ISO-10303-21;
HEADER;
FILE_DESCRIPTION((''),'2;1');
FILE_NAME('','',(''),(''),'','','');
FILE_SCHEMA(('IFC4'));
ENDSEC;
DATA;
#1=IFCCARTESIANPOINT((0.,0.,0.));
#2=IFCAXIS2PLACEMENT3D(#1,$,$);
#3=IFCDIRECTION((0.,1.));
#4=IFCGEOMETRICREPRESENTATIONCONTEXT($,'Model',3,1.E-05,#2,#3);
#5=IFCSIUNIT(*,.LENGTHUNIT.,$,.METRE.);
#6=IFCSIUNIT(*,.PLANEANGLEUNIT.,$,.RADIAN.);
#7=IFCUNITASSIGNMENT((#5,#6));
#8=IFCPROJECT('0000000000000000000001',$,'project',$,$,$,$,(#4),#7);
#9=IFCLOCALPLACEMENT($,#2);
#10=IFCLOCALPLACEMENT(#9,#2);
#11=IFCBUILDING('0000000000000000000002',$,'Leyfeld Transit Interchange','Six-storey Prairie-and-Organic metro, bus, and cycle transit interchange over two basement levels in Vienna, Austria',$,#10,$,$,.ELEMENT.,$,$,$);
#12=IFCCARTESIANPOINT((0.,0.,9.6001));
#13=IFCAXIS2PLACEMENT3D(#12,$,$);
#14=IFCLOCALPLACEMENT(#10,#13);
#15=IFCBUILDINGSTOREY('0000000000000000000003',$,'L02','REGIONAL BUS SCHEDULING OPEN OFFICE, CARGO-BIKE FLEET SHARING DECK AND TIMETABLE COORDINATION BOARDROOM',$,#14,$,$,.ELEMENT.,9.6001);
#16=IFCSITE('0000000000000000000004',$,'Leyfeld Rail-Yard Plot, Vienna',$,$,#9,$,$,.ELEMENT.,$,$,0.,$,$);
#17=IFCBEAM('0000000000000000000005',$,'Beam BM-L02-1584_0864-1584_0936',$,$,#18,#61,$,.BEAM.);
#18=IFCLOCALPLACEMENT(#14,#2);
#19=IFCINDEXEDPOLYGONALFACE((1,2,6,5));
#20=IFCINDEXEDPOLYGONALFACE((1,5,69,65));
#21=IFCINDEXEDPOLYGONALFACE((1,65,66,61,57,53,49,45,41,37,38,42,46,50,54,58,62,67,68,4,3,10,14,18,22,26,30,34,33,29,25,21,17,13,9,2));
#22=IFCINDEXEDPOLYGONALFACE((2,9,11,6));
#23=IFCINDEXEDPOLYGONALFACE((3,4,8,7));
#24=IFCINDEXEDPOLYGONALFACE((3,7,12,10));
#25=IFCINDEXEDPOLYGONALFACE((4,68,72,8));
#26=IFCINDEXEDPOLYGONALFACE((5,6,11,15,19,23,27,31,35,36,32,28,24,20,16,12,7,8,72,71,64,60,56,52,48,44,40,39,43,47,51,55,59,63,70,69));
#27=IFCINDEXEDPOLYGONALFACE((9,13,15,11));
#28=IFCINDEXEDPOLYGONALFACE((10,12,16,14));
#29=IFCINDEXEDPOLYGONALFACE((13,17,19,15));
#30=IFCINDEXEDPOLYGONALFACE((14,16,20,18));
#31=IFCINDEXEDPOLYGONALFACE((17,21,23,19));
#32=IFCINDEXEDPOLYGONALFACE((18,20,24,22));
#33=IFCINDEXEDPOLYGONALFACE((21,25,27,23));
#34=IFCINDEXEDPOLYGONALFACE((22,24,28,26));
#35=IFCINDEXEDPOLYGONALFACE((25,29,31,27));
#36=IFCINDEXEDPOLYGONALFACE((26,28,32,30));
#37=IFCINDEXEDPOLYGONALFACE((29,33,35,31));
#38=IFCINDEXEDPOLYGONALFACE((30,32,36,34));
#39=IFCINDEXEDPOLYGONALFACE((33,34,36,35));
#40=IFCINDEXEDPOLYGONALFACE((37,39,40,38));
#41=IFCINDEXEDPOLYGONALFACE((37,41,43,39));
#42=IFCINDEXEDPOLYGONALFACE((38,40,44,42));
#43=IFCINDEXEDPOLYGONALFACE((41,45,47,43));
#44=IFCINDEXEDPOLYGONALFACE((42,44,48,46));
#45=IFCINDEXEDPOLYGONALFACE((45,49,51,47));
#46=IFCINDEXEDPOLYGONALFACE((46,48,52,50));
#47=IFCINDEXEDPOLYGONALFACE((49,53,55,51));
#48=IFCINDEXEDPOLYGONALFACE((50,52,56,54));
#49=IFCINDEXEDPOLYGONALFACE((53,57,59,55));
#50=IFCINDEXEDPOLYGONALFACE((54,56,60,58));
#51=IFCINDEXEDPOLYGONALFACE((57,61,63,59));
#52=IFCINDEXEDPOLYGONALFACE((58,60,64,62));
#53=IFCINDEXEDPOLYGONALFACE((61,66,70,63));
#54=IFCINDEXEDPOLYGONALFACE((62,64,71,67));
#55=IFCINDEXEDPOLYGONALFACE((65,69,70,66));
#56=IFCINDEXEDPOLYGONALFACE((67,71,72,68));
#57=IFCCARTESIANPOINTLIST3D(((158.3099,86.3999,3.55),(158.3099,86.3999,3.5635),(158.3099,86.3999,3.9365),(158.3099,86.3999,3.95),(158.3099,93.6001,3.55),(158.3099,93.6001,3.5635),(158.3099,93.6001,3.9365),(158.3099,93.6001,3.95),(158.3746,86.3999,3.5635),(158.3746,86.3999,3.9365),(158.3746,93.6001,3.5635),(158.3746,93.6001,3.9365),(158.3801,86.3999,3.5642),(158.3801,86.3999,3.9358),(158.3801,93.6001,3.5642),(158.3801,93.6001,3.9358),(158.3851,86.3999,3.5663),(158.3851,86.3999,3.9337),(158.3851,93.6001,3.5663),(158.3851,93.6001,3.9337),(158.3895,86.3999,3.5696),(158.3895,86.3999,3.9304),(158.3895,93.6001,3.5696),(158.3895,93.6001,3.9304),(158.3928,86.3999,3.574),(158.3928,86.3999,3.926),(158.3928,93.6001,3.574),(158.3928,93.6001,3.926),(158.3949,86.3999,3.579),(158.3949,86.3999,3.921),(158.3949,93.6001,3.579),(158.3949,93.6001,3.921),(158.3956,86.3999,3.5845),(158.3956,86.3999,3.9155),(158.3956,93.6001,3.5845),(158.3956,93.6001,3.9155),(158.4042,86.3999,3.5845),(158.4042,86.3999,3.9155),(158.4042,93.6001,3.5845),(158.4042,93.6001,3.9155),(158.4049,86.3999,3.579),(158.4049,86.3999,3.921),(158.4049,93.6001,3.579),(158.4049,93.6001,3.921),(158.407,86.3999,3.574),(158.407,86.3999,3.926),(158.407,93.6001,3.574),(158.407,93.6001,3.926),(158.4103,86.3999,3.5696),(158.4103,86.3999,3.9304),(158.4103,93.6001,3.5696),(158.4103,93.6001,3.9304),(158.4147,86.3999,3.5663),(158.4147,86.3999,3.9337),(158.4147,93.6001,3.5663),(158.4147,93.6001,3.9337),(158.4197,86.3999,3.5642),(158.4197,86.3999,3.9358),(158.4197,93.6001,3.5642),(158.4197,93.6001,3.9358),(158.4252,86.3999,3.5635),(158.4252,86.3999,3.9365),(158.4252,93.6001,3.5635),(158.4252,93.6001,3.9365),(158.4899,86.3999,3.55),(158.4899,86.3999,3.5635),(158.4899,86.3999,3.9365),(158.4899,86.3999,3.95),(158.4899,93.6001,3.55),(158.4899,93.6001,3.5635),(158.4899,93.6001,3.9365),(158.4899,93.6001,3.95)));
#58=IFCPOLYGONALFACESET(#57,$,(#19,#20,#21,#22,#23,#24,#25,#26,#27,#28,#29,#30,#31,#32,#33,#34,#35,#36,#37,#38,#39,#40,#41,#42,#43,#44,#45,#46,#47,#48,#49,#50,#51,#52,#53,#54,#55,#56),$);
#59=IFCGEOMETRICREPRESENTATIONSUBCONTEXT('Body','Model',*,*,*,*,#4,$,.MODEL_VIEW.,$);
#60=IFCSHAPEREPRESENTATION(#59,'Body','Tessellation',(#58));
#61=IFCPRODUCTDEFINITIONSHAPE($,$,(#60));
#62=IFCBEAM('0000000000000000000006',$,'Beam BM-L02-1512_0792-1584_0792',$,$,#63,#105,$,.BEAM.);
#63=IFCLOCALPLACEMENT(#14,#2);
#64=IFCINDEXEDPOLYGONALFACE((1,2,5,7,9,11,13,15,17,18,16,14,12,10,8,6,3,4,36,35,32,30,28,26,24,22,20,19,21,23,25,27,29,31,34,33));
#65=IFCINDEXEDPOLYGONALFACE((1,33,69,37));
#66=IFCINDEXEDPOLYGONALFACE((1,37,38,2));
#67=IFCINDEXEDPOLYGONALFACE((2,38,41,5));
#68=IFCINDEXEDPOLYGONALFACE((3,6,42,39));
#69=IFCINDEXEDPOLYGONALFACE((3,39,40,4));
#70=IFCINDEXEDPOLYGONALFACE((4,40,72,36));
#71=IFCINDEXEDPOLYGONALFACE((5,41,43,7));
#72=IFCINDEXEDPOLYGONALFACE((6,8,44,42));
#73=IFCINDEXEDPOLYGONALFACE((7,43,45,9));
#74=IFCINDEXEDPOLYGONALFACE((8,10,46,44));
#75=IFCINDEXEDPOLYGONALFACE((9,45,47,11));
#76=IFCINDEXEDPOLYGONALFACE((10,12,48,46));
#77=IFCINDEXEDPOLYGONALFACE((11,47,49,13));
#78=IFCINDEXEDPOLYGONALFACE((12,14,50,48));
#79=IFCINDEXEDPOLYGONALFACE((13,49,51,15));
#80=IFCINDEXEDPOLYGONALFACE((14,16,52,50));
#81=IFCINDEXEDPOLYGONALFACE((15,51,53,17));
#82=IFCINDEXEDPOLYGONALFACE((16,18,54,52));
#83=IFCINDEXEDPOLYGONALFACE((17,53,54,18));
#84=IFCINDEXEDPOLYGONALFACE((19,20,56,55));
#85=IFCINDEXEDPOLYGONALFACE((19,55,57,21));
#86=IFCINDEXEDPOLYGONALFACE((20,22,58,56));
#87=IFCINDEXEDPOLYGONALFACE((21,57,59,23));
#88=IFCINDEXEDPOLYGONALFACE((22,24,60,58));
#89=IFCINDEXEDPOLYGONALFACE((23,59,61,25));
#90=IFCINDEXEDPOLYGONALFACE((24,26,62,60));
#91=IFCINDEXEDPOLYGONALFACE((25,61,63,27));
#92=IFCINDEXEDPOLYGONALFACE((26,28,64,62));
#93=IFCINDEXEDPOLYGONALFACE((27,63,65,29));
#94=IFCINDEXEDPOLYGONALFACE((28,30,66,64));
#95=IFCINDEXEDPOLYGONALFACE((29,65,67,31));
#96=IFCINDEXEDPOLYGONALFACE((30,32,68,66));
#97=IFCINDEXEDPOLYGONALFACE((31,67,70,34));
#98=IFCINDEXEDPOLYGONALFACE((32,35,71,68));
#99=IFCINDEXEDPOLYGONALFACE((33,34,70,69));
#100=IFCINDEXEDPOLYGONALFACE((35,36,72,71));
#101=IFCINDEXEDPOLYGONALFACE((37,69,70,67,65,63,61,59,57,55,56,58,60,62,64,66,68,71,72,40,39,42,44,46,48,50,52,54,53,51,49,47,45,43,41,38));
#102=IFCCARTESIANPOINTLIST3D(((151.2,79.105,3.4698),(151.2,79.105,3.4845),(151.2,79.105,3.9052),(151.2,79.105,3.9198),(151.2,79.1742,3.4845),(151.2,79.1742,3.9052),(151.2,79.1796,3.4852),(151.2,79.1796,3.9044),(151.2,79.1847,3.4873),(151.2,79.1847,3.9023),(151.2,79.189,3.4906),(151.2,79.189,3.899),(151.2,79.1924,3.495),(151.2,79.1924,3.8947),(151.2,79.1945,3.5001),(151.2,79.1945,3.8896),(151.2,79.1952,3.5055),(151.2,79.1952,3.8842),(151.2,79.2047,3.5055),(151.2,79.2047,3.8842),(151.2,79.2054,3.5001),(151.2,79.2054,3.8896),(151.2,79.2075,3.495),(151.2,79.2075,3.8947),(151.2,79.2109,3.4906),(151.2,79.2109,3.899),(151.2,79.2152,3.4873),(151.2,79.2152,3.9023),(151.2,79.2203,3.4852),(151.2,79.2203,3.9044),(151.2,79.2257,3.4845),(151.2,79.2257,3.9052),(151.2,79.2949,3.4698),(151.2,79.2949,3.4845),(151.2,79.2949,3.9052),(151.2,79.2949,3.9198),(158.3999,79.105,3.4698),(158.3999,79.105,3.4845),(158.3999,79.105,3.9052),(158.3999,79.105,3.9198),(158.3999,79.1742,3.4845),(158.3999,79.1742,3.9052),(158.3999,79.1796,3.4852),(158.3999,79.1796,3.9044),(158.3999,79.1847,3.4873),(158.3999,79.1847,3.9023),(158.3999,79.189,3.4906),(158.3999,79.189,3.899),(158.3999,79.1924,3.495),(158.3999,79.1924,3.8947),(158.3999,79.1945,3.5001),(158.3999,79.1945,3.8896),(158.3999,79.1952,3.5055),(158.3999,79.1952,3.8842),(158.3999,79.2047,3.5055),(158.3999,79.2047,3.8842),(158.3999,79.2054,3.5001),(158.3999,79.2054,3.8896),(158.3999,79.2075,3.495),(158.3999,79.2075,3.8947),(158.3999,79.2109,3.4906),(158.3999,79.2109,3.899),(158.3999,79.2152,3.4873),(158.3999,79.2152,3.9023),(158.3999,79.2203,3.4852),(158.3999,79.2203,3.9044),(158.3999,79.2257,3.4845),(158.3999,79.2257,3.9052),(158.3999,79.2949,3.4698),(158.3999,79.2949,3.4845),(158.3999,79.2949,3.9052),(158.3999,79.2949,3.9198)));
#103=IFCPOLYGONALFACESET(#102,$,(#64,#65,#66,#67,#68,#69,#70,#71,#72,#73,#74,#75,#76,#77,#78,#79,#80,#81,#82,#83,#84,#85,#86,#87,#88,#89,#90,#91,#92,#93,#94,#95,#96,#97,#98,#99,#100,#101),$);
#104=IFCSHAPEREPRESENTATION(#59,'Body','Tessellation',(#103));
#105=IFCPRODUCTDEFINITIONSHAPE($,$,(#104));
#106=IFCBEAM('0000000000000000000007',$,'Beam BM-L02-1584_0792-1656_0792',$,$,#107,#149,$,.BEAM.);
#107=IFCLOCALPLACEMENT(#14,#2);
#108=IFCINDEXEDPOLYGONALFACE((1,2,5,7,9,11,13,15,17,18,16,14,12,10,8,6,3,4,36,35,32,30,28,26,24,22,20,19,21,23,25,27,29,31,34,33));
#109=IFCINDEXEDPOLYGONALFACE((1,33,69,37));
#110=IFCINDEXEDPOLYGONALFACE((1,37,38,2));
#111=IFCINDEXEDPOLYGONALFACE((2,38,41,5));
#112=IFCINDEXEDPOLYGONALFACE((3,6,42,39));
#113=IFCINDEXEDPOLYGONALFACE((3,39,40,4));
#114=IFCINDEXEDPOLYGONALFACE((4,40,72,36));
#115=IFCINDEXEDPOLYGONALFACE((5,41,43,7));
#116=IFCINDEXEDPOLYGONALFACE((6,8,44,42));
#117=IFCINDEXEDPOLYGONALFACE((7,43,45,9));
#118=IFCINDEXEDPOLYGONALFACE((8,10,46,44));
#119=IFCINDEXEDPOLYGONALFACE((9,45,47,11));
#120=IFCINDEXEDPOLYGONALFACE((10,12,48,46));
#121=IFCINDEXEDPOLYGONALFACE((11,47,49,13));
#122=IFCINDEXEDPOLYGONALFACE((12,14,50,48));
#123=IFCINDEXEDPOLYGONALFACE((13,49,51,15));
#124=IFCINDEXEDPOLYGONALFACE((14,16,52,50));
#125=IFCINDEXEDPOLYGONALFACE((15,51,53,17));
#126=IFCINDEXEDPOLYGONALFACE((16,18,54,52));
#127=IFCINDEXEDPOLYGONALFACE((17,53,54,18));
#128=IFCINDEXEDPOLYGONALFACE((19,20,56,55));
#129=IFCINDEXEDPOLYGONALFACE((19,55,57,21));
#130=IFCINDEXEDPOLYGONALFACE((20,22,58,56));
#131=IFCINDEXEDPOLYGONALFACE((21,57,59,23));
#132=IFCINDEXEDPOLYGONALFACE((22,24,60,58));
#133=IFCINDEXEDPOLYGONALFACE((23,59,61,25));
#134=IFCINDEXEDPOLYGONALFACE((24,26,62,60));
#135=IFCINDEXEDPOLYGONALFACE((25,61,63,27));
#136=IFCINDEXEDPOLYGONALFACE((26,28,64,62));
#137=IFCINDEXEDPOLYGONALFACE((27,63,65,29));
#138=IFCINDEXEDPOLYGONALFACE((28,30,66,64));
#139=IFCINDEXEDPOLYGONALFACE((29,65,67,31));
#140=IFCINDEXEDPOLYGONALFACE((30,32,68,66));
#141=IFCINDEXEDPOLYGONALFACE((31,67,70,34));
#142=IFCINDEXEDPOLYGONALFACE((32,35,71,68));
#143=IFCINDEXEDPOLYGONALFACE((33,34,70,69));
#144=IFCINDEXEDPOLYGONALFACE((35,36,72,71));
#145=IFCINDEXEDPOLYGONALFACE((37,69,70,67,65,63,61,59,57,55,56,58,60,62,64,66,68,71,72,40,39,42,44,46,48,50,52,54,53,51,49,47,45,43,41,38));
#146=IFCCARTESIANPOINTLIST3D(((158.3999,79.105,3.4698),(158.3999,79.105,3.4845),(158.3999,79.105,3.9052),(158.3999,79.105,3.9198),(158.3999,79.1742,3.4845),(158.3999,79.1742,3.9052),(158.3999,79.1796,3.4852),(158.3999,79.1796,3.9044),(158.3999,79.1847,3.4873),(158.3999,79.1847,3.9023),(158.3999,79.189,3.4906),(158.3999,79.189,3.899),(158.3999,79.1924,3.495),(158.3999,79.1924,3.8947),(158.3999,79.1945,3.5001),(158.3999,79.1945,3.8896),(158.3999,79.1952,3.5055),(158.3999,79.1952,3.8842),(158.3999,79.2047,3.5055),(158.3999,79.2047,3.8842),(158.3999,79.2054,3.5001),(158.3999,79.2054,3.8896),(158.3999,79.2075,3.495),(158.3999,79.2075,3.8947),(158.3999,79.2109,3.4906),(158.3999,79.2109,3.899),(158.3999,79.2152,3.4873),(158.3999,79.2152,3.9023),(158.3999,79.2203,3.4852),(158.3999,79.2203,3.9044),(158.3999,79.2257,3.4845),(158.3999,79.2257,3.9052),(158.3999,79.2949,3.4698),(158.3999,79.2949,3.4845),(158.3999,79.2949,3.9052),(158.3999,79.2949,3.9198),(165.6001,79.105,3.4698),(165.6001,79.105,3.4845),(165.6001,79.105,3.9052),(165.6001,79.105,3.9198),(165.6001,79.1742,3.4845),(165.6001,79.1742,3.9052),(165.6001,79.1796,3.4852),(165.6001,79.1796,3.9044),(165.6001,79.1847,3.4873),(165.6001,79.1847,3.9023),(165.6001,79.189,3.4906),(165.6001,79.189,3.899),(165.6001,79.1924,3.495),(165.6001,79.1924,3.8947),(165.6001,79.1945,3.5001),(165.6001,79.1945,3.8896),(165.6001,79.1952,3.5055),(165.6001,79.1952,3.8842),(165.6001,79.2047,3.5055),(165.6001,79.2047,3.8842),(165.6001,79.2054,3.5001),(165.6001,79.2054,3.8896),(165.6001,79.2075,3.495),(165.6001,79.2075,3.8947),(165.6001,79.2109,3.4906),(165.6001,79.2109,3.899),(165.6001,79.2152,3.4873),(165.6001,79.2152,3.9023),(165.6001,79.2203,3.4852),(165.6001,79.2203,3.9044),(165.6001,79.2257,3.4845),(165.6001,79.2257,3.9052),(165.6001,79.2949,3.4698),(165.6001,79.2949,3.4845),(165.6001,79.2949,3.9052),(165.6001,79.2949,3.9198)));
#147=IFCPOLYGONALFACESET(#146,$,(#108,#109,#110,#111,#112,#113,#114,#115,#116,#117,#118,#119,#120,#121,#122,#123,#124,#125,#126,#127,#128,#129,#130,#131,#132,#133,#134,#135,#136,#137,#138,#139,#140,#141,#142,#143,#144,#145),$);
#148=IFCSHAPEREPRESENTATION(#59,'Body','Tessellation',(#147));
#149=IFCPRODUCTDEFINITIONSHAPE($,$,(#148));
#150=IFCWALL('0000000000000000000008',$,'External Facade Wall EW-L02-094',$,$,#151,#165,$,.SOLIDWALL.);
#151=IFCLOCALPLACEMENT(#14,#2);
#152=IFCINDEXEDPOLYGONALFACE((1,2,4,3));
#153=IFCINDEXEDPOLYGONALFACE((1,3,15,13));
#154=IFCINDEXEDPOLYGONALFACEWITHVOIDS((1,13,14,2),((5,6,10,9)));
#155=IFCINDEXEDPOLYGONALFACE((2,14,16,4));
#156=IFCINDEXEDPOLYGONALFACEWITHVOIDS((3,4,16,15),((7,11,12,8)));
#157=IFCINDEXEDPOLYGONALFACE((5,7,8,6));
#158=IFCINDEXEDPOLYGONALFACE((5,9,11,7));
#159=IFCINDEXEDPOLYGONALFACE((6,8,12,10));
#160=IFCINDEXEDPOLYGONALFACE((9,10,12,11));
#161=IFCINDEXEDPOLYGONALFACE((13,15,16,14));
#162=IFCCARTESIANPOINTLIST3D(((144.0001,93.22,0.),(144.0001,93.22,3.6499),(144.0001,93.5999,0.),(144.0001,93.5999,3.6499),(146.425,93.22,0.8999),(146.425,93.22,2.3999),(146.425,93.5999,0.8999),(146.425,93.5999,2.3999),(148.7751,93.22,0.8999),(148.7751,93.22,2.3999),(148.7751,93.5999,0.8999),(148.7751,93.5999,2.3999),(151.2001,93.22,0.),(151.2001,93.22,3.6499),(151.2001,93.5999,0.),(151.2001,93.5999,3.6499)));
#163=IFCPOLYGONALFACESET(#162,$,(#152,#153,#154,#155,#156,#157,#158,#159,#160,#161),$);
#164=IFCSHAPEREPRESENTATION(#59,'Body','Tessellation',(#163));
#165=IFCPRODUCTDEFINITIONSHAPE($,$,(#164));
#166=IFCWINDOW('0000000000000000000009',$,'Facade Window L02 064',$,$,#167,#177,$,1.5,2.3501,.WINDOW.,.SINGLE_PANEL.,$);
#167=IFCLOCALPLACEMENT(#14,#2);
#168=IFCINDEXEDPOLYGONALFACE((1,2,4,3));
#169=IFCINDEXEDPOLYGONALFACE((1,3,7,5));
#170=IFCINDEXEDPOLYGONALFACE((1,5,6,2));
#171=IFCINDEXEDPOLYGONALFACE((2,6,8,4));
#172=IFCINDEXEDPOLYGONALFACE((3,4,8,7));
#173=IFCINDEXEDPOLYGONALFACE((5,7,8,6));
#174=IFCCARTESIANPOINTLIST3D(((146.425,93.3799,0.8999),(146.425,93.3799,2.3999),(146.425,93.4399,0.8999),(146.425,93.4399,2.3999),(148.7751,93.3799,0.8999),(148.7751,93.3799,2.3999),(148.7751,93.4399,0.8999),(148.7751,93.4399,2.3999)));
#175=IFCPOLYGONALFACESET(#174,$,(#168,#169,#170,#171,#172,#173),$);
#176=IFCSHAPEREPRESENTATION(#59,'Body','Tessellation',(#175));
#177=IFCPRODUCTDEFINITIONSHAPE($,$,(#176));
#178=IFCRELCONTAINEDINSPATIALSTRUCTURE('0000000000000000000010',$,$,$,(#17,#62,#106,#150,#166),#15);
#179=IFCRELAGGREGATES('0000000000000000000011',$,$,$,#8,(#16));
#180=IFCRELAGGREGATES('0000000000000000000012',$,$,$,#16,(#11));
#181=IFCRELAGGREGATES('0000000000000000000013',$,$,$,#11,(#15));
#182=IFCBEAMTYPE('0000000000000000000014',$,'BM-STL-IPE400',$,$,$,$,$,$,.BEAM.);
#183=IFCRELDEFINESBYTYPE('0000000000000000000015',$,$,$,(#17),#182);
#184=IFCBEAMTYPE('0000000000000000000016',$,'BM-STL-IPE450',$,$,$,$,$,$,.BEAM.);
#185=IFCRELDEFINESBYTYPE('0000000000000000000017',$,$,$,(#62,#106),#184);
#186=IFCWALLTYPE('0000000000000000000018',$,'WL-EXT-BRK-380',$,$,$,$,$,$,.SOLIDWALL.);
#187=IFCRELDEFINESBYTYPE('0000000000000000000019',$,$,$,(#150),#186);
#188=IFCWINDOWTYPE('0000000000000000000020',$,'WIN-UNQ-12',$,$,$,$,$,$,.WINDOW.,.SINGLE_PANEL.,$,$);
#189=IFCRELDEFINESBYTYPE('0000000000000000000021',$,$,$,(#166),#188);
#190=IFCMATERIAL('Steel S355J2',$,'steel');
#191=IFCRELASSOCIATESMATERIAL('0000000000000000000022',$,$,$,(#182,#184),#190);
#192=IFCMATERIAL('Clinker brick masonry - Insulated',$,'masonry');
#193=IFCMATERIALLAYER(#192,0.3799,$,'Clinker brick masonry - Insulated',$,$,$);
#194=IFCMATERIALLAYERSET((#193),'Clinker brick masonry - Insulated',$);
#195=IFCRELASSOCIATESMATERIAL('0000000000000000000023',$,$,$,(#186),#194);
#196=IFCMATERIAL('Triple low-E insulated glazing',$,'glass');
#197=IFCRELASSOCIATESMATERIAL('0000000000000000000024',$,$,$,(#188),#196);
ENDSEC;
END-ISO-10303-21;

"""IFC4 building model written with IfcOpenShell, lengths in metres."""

from ifc_helpers import new_model, si_unit, direction, frame, frame_2d, origin, origin_2d, place, context, subcontext, project, spatial, rectangle, i_section, extrude, material, layer, layer_set, material_profile, profile_set, type_object, element, fill, save


model = new_model("IFC4")

# Units and contexts
model_context = context("Model", 3, precision=1e-05, world=origin(), true_north=direction((0.0, 1.0)))
body_context = subcontext(model_context, "Body", "Model", "MODEL_VIEW")
ifc_project = project(units=[si_unit("LENGTHUNIT", "METRE"), si_unit("PLANEANGLEUNIT", "RADIAN")], contexts=[model_context])

# Site, building, storey
site_placement = place(None, origin())
site = spatial("IfcSite", under=ifc_project, at=site_placement, Name="Leyfeld Rail-Yard Plot, Vienna", CompositionType="ELEMENT", RefElevation=0.0)
building_placement = place(site_placement, origin())
building = spatial("IfcBuilding", under=site, at=building_placement, Name="Leyfeld Transit Interchange", Description="Six-storey Prairie-and-Organic metro, bus, and cycle transit interchange over two basement levels in Vienna, Austria", CompositionType="ELEMENT")
storey_placement = place(building_placement, frame((0.0, 0.0, 9.6001)))
storey = spatial("IfcBuildingStorey", under=building, at=storey_placement, Name="L02", Description="REGIONAL BUS SCHEDULING OPEN OFFICE, CARGO-BIKE FLEET SHARING DECK AND TIMETABLE COORDINATION BOARDROOM", CompositionType="ELEMENT", Elevation=9.6001)

# Beams
ifc_material_1 = material(Name="Steel S355J2", Category="steel")
ifc_material_profile_1 = material_profile(ifc_material_1, i_section(OverallWidth=0.1799, OverallDepth=0.3999, WebThickness=0.0085, FlangeThickness=0.0134, FilletRadius=0.021, at=origin_2d()), Name="IPE 400")
ifc_profile_set_1 = profile_set([ifc_material_profile_1], Name="Steel S355J2")
beam_type_1 = type_object("IfcBeamType", Name="BM-STL-IPE400", PredefinedType="BEAM", material=ifc_profile_set_1)
for number, where, z_axis, x_axis, name in (
    (1, (158.3999, 86.3999, 3.75), (0.0, 1.0, 0.0), (-1.0, 0.0, 0.0), "Beam BM-L02-1584_0864-1584_0936"),
):
    element("IfcBeam", number, at=place(storey_placement, frame(where, z_axis=z_axis, x_axis=x_axis)), inside=storey, type_object=beam_type_1, Name=name, PredefinedType="BEAM", context=body_context, shape_type="SweptSolid", body=[
        extrude(i_section(OverallWidth=0.1799, OverallDepth=0.3999, WebThickness=0.0085, FlangeThickness=0.0134, FilletRadius=0.021, at=origin_2d()), origin(), (0.0, 0.0, 1.0), 7.2002),
    ])
ifc_material_profile_2 = material_profile(ifc_material_1, i_section(OverallWidth=0.1899, OverallDepth=0.45, WebThickness=0.0095, FlangeThickness=0.0146, FilletRadius=0.021, at=origin_2d()), Name="IPE 450")
ifc_profile_set_2 = profile_set([ifc_material_profile_2], Name="Steel S355J2")
beam_type_2 = type_object("IfcBeamType", Name="BM-STL-IPE450", PredefinedType="BEAM", material=ifc_profile_set_2)
beam_1_placement = place(storey_placement, frame((151.2, 79.2, 3.6948), z_axis=(1.0, 0.0, 0.0), x_axis=(0.0, 1.0, 0.0)))
element("IfcBeam", 2, at=beam_1_placement, inside=storey, type_object=beam_type_2, Name="Beam BM-L02-1512_0792-1584_0792", PredefinedType="BEAM", context=body_context, shape_type="SweptSolid", body=[
    extrude(i_section(OverallWidth=0.1899, OverallDepth=0.45, WebThickness=0.0095, FlangeThickness=0.0146, FilletRadius=0.021, at=origin_2d()), origin(), (0.0, 0.0, 1.0), 7.2),
])
beam_2_placement = place(storey_placement, frame((158.3999, 79.2, 3.6948), z_axis=(1.0, 0.0, 0.0), x_axis=(0.0, 1.0, 0.0)))
element("IfcBeam", 3, at=beam_2_placement, inside=storey, type_object=beam_type_2, Name="Beam BM-L02-1584_0792-1656_0792", PredefinedType="BEAM", context=body_context, shape_type="SweptSolid", body=[
    extrude(i_section(OverallWidth=0.1899, OverallDepth=0.45, WebThickness=0.0095, FlangeThickness=0.0146, FilletRadius=0.021, at=origin_2d()), origin(), (0.0, 0.0, 1.0), 7.2002),
])

# Wall, opening, window
ifc_material_2 = material(Name="Clinker brick masonry - Insulated", Category="masonry")
ifc_layer_1 = layer(ifc_material_2, 0.3799, Name="Clinker brick masonry - Insulated")
ifc_layer_set_1 = layer_set([ifc_layer_1], Name="Clinker brick masonry - Insulated")
wall_type_1 = type_object("IfcWallType", Name="WL-EXT-BRK-380", PredefinedType="SOLIDWALL", material=ifc_layer_set_1)
wall_1_placement = place(storey_placement, frame((144.0, 93.4099, 0.0), z_axis=(0.0, 0.0, 1.0), x_axis=(1.0, 0.0, 0.0)))
wall_1 = element("IfcWall", 4, at=wall_1_placement, inside=storey, type_object=wall_type_1, Name="External Facade Wall EW-L02-094", PredefinedType="SOLIDWALL", context=body_context, shape_type="SweptSolid", body=[
    extrude(rectangle(XDim=7.2, YDim=0.3799, at=frame_2d((3.6001, 0.0))), origin(), (0.0, 0.0, 1.0), 3.6499),
])
opening_1_placement = place(wall_1_placement, frame((2.425, 0.0, 0.8999)))
opening_1 = element("IfcOpeningElement", 5, at=opening_1_placement, cuts=wall_1, PredefinedType="OPENING", context=body_context, shape_type="SweptSolid", body=[
    extrude(rectangle(XDim=2.3501, YDim=1.5, at=frame_2d((1.175, 0.75))), frame((0.0, 0.2, 0.0), z_axis=(0.0, -1.0, 0.0), x_axis=(1.0, 0.0, 0.0)), (0.0, 0.0, 1.0), 0.3999),
])
ifc_material_3 = material(Name="Triple low-E insulated glazing", Category="glass")
window_type = type_object("IfcWindowType", Name="WIN-UNQ-12", PartitioningType="SINGLE_PANEL", PredefinedType="WINDOW", material=ifc_material_3)
window_placement = place(opening_1_placement, origin())
window = element("IfcWindow", 6, at=window_placement, inside=storey, type_object=window_type, Name="Facade Window L02 064", OverallHeight=1.5, OverallWidth=2.3501, PartitioningType="SINGLE_PANEL", PredefinedType="WINDOW", context=body_context, shape_type="SweptSolid", body=[
    extrude(rectangle(XDim=2.3501, YDim=1.5, at=frame_2d((1.175, 0.75))), frame((0.0, 0.03, 0.0), z_axis=(0.0, -1.0, 0.0), x_axis=(1.0, 0.0, 0.0)), (0.0, 0.0, 1.0), 0.0601),
])
fill(opening_1, window)

save(model, "model.ifc")
